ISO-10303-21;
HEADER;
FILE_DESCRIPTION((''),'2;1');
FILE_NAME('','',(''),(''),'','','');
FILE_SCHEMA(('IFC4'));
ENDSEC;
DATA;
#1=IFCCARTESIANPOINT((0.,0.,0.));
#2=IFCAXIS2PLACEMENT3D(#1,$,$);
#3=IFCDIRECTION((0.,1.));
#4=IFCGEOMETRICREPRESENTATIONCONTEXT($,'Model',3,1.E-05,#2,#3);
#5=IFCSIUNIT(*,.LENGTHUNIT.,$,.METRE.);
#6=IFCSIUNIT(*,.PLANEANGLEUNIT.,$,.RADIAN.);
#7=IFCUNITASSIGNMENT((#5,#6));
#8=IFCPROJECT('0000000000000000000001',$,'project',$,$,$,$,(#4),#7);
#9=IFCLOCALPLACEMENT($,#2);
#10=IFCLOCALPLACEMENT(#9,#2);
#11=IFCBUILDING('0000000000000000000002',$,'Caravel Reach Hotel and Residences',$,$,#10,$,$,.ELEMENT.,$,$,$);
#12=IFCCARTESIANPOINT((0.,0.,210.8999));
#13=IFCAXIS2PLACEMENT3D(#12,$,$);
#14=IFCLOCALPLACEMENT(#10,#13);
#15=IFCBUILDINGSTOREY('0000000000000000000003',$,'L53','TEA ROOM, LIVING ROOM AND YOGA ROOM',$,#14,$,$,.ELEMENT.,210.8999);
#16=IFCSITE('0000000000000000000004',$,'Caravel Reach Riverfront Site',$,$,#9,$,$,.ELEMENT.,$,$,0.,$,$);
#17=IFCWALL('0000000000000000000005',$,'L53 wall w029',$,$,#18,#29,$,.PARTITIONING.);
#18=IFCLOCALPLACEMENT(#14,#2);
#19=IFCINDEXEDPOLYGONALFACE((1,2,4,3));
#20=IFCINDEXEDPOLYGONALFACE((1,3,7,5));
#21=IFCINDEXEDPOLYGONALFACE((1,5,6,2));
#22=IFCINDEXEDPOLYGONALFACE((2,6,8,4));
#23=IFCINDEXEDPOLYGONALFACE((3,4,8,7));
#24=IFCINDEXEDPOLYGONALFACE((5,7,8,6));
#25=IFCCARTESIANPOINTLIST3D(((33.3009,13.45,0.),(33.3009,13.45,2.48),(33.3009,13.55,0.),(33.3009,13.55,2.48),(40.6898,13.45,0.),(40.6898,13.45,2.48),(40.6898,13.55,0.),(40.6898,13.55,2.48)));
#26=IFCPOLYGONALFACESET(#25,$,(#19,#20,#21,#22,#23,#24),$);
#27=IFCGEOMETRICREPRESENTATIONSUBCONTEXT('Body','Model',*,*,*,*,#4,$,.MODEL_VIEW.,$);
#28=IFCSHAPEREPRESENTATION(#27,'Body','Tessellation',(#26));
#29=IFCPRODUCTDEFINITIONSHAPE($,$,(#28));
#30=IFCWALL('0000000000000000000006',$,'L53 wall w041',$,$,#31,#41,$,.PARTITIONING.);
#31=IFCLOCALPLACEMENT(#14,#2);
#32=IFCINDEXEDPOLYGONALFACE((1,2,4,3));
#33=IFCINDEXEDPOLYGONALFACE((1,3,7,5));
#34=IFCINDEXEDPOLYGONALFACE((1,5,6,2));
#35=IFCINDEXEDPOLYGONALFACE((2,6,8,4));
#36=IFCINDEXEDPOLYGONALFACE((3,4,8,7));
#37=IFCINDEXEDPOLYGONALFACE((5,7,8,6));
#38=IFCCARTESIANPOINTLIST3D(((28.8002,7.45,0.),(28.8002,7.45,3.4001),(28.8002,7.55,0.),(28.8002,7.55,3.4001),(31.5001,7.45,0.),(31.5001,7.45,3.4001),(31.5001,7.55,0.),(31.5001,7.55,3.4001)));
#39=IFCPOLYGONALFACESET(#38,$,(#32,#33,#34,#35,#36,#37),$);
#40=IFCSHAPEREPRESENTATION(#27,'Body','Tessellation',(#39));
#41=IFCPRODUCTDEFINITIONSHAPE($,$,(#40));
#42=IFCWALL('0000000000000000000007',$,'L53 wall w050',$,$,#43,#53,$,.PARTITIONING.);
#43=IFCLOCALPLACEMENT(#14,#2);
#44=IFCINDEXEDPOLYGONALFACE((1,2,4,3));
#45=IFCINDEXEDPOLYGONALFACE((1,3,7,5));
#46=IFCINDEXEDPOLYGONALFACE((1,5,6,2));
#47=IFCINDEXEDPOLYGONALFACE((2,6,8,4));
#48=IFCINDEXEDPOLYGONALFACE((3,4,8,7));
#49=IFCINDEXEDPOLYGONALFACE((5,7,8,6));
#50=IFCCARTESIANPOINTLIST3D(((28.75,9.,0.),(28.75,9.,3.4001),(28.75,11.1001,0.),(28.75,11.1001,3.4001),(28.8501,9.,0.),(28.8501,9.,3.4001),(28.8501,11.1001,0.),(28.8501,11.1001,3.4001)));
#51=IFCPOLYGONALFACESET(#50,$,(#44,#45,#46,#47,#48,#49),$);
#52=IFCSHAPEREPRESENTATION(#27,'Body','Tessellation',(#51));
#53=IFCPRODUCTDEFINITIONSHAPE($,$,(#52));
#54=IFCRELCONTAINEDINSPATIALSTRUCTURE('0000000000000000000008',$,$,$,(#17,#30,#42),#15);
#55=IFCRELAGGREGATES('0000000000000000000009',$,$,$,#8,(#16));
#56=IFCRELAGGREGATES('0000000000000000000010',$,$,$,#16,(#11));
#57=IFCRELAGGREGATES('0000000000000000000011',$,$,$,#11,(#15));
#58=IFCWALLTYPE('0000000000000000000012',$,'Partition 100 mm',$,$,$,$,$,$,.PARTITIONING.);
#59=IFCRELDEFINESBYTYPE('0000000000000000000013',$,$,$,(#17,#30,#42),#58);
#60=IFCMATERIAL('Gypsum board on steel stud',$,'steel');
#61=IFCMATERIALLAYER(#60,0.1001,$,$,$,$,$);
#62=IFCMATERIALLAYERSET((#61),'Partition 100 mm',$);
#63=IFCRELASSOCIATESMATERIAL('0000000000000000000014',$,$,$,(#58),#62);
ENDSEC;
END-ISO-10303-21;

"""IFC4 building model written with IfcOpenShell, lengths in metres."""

from ifc_helpers import new_model, si_unit, direction, frame, frame_2d, origin, place, context, subcontext, project, spatial, rectangle, extrude, material, layer, layer_set, type_object, element, save


model = new_model("IFC4")

# Units and contexts
model_context = context("Model", 3, precision=1e-05, world=origin(), true_north=direction((0.0, 1.0)))
body_context = subcontext(model_context, "Body", "Model", "MODEL_VIEW")
ifc_project = project(units=[si_unit("LENGTHUNIT", "METRE"), si_unit("PLANEANGLEUNIT", "RADIAN")], contexts=[model_context])

# Site, building, storey
site_placement = place(None, origin())
site = spatial("IfcSite", under=ifc_project, at=site_placement, Name="Caravel Reach Riverfront Site", CompositionType="ELEMENT", RefElevation=0.0)
building_placement = place(site_placement, origin())
building = spatial("IfcBuilding", under=site, at=building_placement, Name="Caravel Reach Hotel and Residences", CompositionType="ELEMENT")
storey_placement = place(building_placement, frame((0.0, 0.0, 210.8999)))
storey = spatial("IfcBuildingStorey", under=building, at=storey_placement, Name="L53", Description="TEA ROOM, LIVING ROOM AND YOGA ROOM", CompositionType="ELEMENT", Elevation=210.8999)

# Walls
ifc_material_1 = material(Name="Gypsum board on steel stud", Category="steel")
ifc_layer_1 = layer(ifc_material_1, 0.1001)
ifc_layer_set_1 = layer_set([ifc_layer_1], Name="Partition 100 mm")
wall_type_1 = type_object("IfcWallType", Name="Partition 100 mm", PredefinedType="PARTITIONING", material=ifc_layer_set_1)
wall_1_placement = place(storey_placement, frame((33.301, 13.5, 0.0), z_axis=(0.0, 0.0, 1.0), x_axis=(1.0, 0.0, 0.0)))
element("IfcWall", 1, at=wall_1_placement, inside=storey, type_object=wall_type_1, Name="L53 wall w029", PredefinedType="PARTITIONING", context=body_context, shape_type="SweptSolid", body=[
    extrude(rectangle(XDim=7.3889, YDim=0.1001, at=frame_2d((3.6943, 0.0))), origin(), (0.0, 0.0, 1.0), 2.48),
])
wall_2_placement = place(storey_placement, frame((28.8, 7.5, 0.0), z_axis=(0.0, 0.0, 1.0), x_axis=(1.0, 0.0, 0.0)))
element("IfcWall", 2, at=wall_2_placement, inside=storey, type_object=wall_type_1, Name="L53 wall w041", PredefinedType="PARTITIONING", context=body_context, shape_type="SweptSolid", body=[
    extrude(rectangle(XDim=2.7, YDim=0.1001, at=frame_2d((1.3501, 0.0))), origin(), (0.0, 0.0, 1.0), 3.4001),
])
wall_3_placement = place(storey_placement, frame((28.8, 9.0, 0.0), z_axis=(0.0, 0.0, 1.0), x_axis=(0.0, 1.0, 0.0)))
element("IfcWall", 3, at=wall_3_placement, inside=storey, type_object=wall_type_1, Name="L53 wall w050", PredefinedType="PARTITIONING", context=body_context, shape_type="SweptSolid", body=[
    extrude(rectangle(XDim=2.1001, YDim=0.1001, at=frame_2d((1.05, 0.0))), origin(), (0.0, 0.0, 1.0), 3.4001),
])

save(model, "model.ifc")
